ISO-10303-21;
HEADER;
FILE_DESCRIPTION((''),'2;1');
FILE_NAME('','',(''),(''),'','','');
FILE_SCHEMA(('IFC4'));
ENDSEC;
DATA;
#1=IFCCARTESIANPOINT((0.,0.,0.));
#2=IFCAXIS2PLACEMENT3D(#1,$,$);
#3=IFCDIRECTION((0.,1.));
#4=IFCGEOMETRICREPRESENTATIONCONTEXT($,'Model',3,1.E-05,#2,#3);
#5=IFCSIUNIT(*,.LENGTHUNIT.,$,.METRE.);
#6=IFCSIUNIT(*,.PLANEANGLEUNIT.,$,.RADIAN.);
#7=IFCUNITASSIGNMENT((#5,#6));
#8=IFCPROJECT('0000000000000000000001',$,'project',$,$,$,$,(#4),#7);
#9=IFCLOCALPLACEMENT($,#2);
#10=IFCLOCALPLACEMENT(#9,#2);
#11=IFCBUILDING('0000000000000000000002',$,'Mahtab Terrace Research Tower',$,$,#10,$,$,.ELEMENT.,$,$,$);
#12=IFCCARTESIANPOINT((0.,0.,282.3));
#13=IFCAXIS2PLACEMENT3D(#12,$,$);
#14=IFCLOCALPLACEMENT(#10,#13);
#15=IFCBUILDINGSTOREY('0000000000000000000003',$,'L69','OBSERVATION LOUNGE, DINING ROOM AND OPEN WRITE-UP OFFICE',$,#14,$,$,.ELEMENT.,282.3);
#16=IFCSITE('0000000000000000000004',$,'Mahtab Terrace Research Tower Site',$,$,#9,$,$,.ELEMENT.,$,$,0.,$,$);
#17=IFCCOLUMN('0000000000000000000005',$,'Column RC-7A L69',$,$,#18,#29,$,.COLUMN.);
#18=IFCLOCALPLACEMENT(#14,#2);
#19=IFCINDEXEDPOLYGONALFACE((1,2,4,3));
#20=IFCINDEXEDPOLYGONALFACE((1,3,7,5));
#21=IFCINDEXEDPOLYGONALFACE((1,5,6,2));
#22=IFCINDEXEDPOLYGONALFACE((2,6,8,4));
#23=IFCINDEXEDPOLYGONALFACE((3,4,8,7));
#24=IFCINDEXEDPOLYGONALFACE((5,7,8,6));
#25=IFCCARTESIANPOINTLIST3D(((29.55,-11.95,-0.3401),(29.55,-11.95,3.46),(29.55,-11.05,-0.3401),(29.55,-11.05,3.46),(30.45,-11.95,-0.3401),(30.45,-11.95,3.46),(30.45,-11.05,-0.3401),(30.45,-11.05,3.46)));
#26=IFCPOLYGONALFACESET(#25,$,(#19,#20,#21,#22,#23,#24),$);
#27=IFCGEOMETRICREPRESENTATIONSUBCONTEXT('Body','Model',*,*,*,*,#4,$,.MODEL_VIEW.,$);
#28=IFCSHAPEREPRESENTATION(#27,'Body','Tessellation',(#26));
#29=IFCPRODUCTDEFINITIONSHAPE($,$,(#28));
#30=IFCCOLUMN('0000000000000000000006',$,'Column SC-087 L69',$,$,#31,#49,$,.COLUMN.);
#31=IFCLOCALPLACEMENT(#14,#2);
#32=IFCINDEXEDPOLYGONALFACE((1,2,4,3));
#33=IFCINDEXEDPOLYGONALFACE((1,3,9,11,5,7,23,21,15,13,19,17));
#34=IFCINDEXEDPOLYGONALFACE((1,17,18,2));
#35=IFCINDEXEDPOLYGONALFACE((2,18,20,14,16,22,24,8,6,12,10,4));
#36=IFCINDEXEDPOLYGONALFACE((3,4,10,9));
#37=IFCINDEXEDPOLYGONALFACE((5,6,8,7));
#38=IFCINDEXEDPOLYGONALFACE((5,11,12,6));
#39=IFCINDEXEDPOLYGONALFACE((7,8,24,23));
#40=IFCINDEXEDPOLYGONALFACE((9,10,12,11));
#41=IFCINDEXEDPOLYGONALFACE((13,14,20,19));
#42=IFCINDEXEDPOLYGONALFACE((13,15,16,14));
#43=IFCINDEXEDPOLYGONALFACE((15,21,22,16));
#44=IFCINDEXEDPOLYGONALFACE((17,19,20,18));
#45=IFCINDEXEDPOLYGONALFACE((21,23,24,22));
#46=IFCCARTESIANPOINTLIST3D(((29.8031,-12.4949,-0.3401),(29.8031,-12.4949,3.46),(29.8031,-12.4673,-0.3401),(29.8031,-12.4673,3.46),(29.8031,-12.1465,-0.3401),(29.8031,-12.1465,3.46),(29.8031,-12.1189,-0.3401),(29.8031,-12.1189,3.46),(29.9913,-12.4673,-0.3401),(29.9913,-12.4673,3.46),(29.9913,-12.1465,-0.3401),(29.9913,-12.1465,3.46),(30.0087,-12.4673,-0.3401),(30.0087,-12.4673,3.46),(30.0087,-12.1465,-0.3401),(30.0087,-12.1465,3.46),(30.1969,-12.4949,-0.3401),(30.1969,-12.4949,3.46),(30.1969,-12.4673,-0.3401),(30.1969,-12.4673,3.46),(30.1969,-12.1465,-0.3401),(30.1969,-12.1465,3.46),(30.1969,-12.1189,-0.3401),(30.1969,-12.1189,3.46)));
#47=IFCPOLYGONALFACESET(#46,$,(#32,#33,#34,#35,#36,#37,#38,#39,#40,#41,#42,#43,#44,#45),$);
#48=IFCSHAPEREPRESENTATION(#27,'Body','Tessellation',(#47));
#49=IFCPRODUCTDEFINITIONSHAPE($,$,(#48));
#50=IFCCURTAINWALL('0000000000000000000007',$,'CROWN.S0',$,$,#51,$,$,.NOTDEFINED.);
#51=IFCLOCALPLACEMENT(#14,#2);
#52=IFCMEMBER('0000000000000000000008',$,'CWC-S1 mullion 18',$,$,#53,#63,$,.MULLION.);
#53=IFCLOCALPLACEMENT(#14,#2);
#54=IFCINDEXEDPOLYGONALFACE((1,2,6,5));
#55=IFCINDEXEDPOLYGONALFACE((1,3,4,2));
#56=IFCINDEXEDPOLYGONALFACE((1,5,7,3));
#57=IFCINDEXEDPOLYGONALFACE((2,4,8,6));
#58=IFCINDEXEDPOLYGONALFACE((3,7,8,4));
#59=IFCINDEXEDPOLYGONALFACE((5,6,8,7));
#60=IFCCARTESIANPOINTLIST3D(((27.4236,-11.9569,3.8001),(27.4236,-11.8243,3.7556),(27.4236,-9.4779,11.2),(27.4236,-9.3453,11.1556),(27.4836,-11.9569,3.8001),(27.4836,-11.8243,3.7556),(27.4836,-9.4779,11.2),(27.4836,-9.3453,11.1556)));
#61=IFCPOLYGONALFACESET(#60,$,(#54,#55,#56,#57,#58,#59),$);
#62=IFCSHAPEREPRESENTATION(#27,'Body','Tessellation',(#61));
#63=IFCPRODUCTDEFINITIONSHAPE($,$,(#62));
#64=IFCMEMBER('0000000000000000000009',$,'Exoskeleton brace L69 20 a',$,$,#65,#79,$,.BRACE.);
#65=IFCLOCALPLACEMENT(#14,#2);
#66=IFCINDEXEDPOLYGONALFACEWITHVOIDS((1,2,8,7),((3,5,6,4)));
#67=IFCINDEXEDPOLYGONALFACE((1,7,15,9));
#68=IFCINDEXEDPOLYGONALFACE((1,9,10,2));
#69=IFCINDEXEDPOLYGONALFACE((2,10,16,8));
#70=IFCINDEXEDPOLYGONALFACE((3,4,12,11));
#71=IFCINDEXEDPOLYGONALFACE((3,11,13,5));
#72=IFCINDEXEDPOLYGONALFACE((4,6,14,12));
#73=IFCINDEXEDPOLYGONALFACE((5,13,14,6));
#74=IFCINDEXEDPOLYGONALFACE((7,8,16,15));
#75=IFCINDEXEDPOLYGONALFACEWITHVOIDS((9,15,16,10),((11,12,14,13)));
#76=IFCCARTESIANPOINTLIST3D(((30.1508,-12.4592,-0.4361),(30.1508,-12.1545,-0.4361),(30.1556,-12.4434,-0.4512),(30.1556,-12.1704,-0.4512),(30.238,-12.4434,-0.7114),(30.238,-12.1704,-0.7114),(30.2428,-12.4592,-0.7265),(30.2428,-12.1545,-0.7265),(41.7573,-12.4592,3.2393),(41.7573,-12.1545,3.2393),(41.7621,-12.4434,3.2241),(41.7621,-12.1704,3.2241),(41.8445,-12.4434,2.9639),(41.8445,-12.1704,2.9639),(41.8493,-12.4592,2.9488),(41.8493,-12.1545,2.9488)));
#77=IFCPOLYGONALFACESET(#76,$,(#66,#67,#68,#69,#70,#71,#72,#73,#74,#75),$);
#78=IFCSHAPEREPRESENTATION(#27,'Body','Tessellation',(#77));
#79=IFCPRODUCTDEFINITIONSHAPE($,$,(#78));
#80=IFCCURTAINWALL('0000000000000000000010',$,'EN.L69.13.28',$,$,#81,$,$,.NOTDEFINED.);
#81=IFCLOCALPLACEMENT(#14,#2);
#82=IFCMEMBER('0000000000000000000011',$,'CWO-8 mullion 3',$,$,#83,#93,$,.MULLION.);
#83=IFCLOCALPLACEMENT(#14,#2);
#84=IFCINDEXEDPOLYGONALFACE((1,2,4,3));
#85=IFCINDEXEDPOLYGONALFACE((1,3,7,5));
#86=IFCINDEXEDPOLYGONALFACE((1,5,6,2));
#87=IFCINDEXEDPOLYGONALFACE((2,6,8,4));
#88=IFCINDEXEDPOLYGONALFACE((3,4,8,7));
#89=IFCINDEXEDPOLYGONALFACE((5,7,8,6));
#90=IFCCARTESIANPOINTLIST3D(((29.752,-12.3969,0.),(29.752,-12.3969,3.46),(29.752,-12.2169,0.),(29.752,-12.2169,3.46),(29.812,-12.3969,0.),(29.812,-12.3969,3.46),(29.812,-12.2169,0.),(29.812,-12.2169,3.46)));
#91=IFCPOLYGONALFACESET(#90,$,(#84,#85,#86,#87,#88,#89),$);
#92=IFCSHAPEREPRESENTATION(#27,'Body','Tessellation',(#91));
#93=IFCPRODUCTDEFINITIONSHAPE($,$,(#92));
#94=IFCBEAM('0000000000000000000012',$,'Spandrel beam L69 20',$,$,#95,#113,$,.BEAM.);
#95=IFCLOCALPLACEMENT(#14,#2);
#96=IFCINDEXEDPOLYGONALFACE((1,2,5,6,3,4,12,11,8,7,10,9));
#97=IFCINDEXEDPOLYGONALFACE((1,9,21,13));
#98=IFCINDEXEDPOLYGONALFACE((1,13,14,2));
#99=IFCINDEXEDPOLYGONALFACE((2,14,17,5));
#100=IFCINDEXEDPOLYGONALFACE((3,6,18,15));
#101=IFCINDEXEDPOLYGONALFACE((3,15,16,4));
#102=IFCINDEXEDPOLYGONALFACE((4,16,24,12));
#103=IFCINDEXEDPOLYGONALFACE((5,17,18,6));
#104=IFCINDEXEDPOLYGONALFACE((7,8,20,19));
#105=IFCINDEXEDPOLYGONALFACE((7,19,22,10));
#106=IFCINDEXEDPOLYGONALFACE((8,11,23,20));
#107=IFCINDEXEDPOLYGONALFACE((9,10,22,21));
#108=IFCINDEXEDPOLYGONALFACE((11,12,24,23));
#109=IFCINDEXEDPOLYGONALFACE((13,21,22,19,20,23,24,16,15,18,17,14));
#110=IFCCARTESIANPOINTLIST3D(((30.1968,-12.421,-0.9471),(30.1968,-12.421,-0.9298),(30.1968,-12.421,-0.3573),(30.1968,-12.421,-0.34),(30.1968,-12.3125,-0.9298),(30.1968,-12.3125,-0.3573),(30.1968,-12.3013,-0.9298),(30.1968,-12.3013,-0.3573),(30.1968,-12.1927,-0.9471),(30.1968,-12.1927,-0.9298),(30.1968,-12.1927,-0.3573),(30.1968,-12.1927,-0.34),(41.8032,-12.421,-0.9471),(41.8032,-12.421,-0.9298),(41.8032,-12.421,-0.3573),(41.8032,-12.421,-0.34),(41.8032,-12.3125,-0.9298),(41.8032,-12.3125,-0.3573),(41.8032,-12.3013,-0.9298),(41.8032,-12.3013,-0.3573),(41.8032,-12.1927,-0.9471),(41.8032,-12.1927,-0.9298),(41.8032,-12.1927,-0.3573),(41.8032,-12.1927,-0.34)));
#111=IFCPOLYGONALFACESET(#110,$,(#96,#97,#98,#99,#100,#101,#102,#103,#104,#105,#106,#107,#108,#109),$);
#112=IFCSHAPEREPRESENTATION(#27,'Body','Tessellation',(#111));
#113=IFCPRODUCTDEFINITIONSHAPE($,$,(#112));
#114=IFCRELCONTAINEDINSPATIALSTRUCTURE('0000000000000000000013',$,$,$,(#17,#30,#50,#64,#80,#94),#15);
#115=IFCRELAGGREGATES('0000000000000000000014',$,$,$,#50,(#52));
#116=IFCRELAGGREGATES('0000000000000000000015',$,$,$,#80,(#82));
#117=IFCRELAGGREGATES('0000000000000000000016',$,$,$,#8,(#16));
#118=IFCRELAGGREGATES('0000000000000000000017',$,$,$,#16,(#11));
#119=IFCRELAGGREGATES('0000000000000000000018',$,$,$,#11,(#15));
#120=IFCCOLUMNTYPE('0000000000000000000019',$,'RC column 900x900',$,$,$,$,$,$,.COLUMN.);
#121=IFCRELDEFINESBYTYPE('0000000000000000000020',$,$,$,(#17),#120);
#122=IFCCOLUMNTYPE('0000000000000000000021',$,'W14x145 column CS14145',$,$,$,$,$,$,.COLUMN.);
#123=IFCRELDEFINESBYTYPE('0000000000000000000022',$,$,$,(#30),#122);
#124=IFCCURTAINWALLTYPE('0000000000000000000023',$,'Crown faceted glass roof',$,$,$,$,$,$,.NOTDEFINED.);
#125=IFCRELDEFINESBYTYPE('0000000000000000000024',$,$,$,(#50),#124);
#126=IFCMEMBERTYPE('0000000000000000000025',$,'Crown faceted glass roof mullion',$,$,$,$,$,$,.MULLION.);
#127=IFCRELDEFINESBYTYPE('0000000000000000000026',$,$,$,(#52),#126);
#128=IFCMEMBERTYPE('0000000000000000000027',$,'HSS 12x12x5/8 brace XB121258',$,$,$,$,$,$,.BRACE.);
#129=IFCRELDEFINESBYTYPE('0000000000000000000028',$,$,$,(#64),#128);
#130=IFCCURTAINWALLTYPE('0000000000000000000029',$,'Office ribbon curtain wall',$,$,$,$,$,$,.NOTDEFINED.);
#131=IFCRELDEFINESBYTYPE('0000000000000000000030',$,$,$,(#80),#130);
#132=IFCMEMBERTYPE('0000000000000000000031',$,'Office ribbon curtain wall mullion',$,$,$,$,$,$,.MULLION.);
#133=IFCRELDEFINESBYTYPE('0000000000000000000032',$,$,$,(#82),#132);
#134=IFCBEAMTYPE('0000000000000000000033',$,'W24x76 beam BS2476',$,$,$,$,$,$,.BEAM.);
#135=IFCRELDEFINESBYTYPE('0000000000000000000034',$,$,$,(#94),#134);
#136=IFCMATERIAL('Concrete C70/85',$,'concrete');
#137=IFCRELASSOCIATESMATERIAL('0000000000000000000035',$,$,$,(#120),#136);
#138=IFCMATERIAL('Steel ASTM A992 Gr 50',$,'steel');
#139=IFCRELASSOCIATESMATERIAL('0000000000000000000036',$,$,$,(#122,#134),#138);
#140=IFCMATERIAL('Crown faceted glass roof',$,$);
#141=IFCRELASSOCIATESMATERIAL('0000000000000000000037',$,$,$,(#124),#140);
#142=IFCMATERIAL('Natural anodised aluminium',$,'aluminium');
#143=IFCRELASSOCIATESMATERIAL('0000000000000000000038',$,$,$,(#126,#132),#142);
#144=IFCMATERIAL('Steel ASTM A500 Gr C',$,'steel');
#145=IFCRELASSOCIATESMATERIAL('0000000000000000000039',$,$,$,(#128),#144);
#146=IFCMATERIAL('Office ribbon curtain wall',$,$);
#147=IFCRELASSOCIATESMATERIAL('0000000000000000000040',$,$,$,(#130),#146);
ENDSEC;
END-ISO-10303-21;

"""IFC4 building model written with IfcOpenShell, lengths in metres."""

from ifc_helpers import new_model, si_unit, direction, frame, origin, origin_2d, place, context, subcontext, project, spatial, rectangle, hollow_rectangle, i_section, extrude, material, material_profile, profile_set, type_object, element, aggregate, save


model = new_model("IFC4")

# Units and contexts
model_context = context("Model", 3, precision=1e-05, world=origin(), true_north=direction((0.0, 1.0)))
body_context = subcontext(model_context, "Body", "Model", "MODEL_VIEW")
ifc_project = project(units=[si_unit("LENGTHUNIT", "METRE"), si_unit("PLANEANGLEUNIT", "RADIAN")], contexts=[model_context])

# Site, building, storey
site_placement = place(None, origin())
site = spatial("IfcSite", under=ifc_project, at=site_placement, Name="Mahtab Terrace Research Tower Site", CompositionType="ELEMENT", RefElevation=0.0)
building_placement = place(site_placement, origin())
building = spatial("IfcBuilding", under=site, at=building_placement, Name="Mahtab Terrace Research Tower", CompositionType="ELEMENT")
storey_placement = place(building_placement, frame((0.0, 0.0, 282.3)))
storey = spatial("IfcBuildingStorey", under=building, at=storey_placement, Name="L69", Description="OBSERVATION LOUNGE, DINING ROOM AND OPEN WRITE-UP OFFICE", CompositionType="ELEMENT", Elevation=282.3)

# Columns
ifc_material_1 = material(Name="Concrete C70/85", Category="concrete")
ifc_material_profile_1 = material_profile(ifc_material_1, rectangle(XDim=0.8999, YDim=0.8999, at=origin_2d()), Name="RC column 900x900")
ifc_profile_set_1 = profile_set([ifc_material_profile_1], Name="Concrete C70/85")
column_type_1 = type_object("IfcColumnType", Name="RC column 900x900", PredefinedType="COLUMN", material=ifc_profile_set_1)
column_1_placement = place(storey_placement, frame((30.0, -11.5, -0.3401), z_axis=(0.0, 0.0, 1.0), x_axis=(1.0, 0.0, 0.0)))
element("IfcColumn", 1, at=column_1_placement, inside=storey, type_object=column_type_1, Name="Column RC-7A L69", PredefinedType="COLUMN", context=body_context, shape_type="SweptSolid", body=[
    extrude(rectangle(XDim=0.8999, YDim=0.8999, at=origin_2d()), origin(), (0.0, 0.0, 1.0), 3.8),
])
ifc_material_2 = material(Name="Steel ASTM A992 Gr 50", Category="steel")
ifc_material_profile_2 = material_profile(ifc_material_2, i_section(OverallWidth=0.3938, OverallDepth=0.376, WebThickness=0.0173, FlangeThickness=0.0276, at=origin_2d()), Name="W14X145")
ifc_profile_set_2 = profile_set([ifc_material_profile_2], Name="Steel ASTM A992 Gr 50")
column_type_2 = type_object("IfcColumnType", Name="W14x145 column CS14145", PredefinedType="COLUMN", material=ifc_profile_set_2)
column_2_placement = place(storey_placement, frame((30.0, -12.3069, -0.3401), z_axis=(0.0, 0.0, 1.0), x_axis=(1.0, 0.0, 0.0)))
element("IfcColumn", 2, at=column_2_placement, inside=storey, type_object=column_type_2, Name="Column SC-087 L69", PredefinedType="COLUMN", context=body_context, shape_type="SweptSolid", body=[
    extrude(i_section(OverallWidth=0.3938, OverallDepth=0.376, WebThickness=0.0173, FlangeThickness=0.0276, at=origin_2d()), origin(), (0.0, 0.0, 1.0), 3.8),
])

# Curtain wall, member
ifc_material_3 = material(Name="Crown faceted glass roof")
curtain_wall_type_1 = type_object("IfcCurtainWallType", Name="Crown faceted glass roof", PredefinedType="NOTDEFINED", material=ifc_material_3)
curtain_wall_1_placement = place(storey_placement, origin())
curtain_wall_1 = element("IfcCurtainWall", 3, at=curtain_wall_1_placement, inside=storey, type_object=curtain_wall_type_1, Name="CROWN.S0", PredefinedType="NOTDEFINED")
ifc_material_4 = material(Name="Natural anodised aluminium", Category="aluminium")
ifc_material_profile_3 = material_profile(ifc_material_4, rectangle(XDim=0.0601, YDim=0.1399, at=origin_2d()), Name="MULLION 60x140")
ifc_profile_set_3 = profile_set([ifc_material_profile_3], Name="Natural anodised aluminium")
member_type_1 = type_object("IfcMemberType", Name="Crown faceted glass roof mullion", PredefinedType="MULLION", material=ifc_profile_set_3)
member_1_placement = place(storey_placement, frame((27.4536, -11.8906, 3.7778), z_axis=(0.0, 0.317654, 0.948207), x_axis=(-1.0, 0.0, 0.0)))
member_1 = element("IfcMember", 4, at=member_1_placement, type_object=member_type_1, Name="CWC-S1 mullion 18", PredefinedType="MULLION", context=body_context, shape_type="SweptSolid", body=[
    extrude(rectangle(XDim=0.0601, YDim=0.1399, at=origin_2d()), origin(), (0.0, 0.0, 1.0), 7.8042),
])
aggregate(curtain_wall_1, [member_1])

# Member
ifc_material_5 = material(Name="Steel ASTM A500 Gr C", Category="steel")
ifc_material_profile_4 = material_profile(ifc_material_5, hollow_rectangle(XDim=0.3047, YDim=0.3047, WallThickness=0.0159, at=origin_2d()), Name="HSS12X12X5/8")
ifc_profile_set_4 = profile_set([ifc_material_profile_4], Name="Steel ASTM A500 Gr C")
member_type_2 = type_object("IfcMemberType", Name="HSS 12x12x5/8 brace XB121258", PredefinedType="BRACE", material=ifc_profile_set_4)
member_2_placement = place(storey_placement, frame((30.1968, -12.3069, -0.5813), z_axis=(0.953344, 0.0, 0.301886), x_axis=(0.0, 1.0, 0.0)))
element("IfcMember", 5, at=member_2_placement, inside=storey, type_object=member_type_2, Name="Exoskeleton brace L69 20 a", PredefinedType="BRACE", context=body_context, shape_type="SweptSolid", body=[
    extrude(hollow_rectangle(XDim=0.3047, YDim=0.3047, WallThickness=0.0159, at=origin_2d()), origin(), (0.0, 0.0, 1.0), 12.1746),
])

# Curtain wall, member
ifc_material_6 = material(Name="Office ribbon curtain wall")
curtain_wall_type_2 = type_object("IfcCurtainWallType", Name="Office ribbon curtain wall", PredefinedType="NOTDEFINED", material=ifc_material_6)
curtain_wall_2_placement = place(storey_placement, origin())
curtain_wall_2 = element("IfcCurtainWall", 6, at=curtain_wall_2_placement, inside=storey, type_object=curtain_wall_type_2, Name="EN.L69.13.28", PredefinedType="NOTDEFINED")
ifc_material_profile_5 = material_profile(ifc_material_4, rectangle(XDim=0.1799, YDim=0.0601, at=origin_2d()), Name="MULLION 60x180")
ifc_profile_set_5 = profile_set([ifc_material_profile_5], Name="Natural anodised aluminium")
member_type_3 = type_object("IfcMemberType", Name="Office ribbon curtain wall mullion", PredefinedType="MULLION", material=ifc_profile_set_5)
member_3_placement = place(storey_placement, frame((29.782, -12.3069, 0.0), z_axis=(0.0, 0.0, 1.0), x_axis=(0.0, 1.0, 0.0)))
member_3 = element("IfcMember", 7, at=member_3_placement, type_object=member_type_3, Name="CWO-8 mullion 3", PredefinedType="MULLION", context=body_context, shape_type="SweptSolid", body=[
    extrude(rectangle(XDim=0.1799, YDim=0.0601, at=origin_2d()), origin(), (0.0, 0.0, 1.0), 3.46),
])
aggregate(curtain_wall_2, [member_3])

# Beam
ifc_material_profile_6 = material_profile(ifc_material_2, i_section(OverallWidth=0.2283, OverallDepth=0.6072, WebThickness=0.0112, FlangeThickness=0.0173, at=origin_2d()), Name="W24X76")
ifc_profile_set_6 = profile_set([ifc_material_profile_6], Name="Steel ASTM A992 Gr 50")
beam_type = type_object("IfcBeamType", Name="W24x76 beam BS2476", PredefinedType="BEAM", material=ifc_profile_set_6)
beam_placement = place(storey_placement, frame((30.1968, -12.3069, -0.6436), z_axis=(1.0, 0.0, 0.0), x_axis=(0.0, 1.0, 0.0)))
element("IfcBeam", 8, at=beam_placement, inside=storey, type_object=beam_type, Name="Spandrel beam L69 20", PredefinedType="BEAM", context=body_context, shape_type="SweptSolid", body=[
    extrude(i_section(OverallWidth=0.2283, OverallDepth=0.6072, WebThickness=0.0112, FlangeThickness=0.0173, at=origin_2d()), origin(), (0.0, 0.0, 1.0), 11.6064),
])

save(model, "model.ifc")
